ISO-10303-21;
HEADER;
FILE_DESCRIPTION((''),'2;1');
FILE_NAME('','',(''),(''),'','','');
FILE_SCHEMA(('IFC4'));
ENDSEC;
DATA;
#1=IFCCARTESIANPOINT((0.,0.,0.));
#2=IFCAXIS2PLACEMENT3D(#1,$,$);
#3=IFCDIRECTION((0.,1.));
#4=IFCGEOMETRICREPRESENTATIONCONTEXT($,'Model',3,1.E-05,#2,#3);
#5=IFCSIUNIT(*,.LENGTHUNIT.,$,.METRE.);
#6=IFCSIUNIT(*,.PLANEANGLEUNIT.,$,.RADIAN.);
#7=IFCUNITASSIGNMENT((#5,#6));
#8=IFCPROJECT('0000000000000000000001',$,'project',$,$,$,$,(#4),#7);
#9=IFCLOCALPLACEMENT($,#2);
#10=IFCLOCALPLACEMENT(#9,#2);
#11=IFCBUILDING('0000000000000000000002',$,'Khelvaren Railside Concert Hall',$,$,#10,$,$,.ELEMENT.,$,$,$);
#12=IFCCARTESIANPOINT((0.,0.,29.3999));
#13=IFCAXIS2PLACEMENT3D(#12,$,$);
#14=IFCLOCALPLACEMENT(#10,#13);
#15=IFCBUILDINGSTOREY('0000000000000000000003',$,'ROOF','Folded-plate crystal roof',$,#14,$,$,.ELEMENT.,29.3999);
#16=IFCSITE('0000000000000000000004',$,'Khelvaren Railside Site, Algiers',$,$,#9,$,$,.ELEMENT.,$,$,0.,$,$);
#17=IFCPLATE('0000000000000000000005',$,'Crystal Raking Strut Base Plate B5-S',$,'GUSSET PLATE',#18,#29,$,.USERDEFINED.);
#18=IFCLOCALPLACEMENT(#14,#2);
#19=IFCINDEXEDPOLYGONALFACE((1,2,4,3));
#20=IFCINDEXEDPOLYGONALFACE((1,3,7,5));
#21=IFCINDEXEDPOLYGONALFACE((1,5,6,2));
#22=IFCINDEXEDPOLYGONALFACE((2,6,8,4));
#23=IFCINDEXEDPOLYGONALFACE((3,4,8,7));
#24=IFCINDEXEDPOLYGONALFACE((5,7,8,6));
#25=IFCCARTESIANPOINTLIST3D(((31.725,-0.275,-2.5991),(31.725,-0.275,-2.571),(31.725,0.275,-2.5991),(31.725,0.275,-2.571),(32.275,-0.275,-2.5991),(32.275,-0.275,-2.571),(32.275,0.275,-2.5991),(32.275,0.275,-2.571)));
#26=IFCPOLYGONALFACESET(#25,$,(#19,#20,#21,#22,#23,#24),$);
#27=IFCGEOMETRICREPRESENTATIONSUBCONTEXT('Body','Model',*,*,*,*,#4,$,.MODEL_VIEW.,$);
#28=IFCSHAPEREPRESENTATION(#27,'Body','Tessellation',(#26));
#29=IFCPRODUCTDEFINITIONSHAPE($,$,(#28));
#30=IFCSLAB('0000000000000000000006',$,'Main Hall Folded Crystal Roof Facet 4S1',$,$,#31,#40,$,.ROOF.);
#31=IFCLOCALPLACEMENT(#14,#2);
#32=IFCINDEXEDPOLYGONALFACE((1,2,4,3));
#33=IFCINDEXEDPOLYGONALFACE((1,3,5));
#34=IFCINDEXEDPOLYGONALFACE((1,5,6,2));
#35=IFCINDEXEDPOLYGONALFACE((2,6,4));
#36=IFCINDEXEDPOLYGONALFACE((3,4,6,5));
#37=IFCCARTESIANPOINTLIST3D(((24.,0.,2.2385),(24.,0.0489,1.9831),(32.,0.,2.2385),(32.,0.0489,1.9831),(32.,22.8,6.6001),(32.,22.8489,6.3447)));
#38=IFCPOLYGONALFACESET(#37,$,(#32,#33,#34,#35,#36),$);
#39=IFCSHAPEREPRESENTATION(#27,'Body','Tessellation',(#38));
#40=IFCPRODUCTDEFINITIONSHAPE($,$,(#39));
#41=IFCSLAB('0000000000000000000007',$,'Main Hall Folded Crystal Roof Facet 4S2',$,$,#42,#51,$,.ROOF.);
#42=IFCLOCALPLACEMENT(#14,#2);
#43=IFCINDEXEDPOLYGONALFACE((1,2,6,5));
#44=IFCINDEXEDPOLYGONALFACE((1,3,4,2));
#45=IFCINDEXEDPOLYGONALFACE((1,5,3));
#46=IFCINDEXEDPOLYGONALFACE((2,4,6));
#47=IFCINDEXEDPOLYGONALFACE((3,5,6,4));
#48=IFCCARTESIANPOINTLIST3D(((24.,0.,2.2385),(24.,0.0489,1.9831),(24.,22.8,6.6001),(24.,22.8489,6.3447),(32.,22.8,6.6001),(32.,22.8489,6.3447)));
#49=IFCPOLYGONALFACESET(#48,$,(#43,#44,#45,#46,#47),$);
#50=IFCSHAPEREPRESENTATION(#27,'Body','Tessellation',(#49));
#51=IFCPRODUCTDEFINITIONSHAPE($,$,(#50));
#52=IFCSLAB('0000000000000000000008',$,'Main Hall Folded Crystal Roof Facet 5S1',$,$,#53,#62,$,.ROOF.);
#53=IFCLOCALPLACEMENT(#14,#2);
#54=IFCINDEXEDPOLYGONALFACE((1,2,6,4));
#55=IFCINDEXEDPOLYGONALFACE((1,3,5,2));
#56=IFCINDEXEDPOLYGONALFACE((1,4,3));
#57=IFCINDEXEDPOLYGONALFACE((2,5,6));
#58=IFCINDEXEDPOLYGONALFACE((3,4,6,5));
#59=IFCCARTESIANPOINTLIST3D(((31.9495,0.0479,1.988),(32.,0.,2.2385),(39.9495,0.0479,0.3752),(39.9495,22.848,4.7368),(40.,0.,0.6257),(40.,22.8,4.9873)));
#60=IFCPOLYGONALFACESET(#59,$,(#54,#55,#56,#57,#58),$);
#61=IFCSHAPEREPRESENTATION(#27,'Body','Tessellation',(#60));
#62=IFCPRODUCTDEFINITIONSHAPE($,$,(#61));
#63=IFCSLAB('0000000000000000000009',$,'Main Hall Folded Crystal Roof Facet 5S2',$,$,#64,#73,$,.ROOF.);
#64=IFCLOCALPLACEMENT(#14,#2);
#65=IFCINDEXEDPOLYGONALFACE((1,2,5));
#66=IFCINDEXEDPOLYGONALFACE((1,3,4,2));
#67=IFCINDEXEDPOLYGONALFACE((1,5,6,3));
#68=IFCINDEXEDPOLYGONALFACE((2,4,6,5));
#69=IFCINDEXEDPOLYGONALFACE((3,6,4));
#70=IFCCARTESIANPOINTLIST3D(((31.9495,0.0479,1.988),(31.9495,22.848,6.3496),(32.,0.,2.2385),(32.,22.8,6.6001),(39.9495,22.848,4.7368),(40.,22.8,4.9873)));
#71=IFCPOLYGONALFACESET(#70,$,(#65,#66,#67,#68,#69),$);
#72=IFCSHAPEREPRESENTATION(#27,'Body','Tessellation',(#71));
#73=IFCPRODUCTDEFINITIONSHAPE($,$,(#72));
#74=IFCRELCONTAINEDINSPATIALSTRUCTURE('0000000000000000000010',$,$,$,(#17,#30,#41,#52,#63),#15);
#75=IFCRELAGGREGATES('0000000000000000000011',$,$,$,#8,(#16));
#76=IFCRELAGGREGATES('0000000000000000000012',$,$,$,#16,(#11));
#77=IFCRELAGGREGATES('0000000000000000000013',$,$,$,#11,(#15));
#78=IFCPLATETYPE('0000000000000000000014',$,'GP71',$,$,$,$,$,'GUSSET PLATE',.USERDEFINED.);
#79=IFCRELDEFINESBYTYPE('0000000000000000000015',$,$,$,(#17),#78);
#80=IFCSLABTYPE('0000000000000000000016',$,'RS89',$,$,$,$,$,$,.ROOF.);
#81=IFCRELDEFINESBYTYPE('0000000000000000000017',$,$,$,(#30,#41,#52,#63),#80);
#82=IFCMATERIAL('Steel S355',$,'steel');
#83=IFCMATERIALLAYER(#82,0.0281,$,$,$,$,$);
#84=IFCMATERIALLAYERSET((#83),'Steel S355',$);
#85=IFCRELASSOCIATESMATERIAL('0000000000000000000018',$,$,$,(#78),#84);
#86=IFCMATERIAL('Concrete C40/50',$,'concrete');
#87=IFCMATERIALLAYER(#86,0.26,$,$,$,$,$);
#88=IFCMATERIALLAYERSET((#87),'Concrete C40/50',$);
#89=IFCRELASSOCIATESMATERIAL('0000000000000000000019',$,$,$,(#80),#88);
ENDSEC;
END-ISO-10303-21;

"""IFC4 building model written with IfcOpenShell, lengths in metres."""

from ifc_helpers import new_model, si_unit, direction, frame, origin, origin_2d, place, context, subcontext, project, spatial, polyline, rectangle, outline, extrude, material, layer, layer_set, type_object, element, save


model = new_model("IFC4")

# Units and contexts
model_context = context("Model", 3, precision=1e-05, world=origin(), true_north=direction((0.0, 1.0)))
body_context = subcontext(model_context, "Body", "Model", "MODEL_VIEW")
ifc_project = project(units=[si_unit("LENGTHUNIT", "METRE"), si_unit("PLANEANGLEUNIT", "RADIAN")], contexts=[model_context])

# Site, building, storey
site_placement = place(None, origin())
site = spatial("IfcSite", under=ifc_project, at=site_placement, Name="Khelvaren Railside Site, Algiers", CompositionType="ELEMENT", RefElevation=0.0)
building_placement = place(site_placement, origin())
building = spatial("IfcBuilding", under=site, at=building_placement, Name="Khelvaren Railside Concert Hall", CompositionType="ELEMENT")
storey_placement = place(building_placement, frame((0.0, 0.0, 29.3999)))
storey = spatial("IfcBuildingStorey", under=building, at=storey_placement, Name="ROOF", Description="Folded-plate crystal roof", CompositionType="ELEMENT", Elevation=29.3999)

# Shared definitions
ifc_material_1 = material(Name="Steel S355", Category="steel")

# Plate
ifc_layer_1 = layer(ifc_material_1, 0.0281)
ifc_layer_set_1 = layer_set([ifc_layer_1], Name="Steel S355")
plate_type = type_object("IfcPlateType", Name="GP71", ElementType="GUSSET PLATE", PredefinedType="USERDEFINED", material=ifc_layer_set_1)
for number, where, z_axis, x_axis, name in (
    (1, (32.0, 0.0, -2.5991), (0.0, 0.0, 1.0), (1.0, 0.0, 0.0), "Crystal Raking Strut Base Plate B5-S"),
):
    element("IfcPlate", number, at=place(storey_placement, frame(where, z_axis=z_axis, x_axis=x_axis)), inside=storey, type_object=plate_type, Name=name, ObjectType="GUSSET PLATE", PredefinedType="USERDEFINED", context=body_context, shape_type="SweptSolid", body=[
        extrude(rectangle(XDim=0.55, YDim=0.55, at=origin_2d()), origin(), (0.0, 0.0, 1.0), 0.0281),
    ])

# Slabs
ifc_material_2 = material(Name="Concrete C40/50", Category="concrete")
ifc_layer_2 = layer(ifc_material_2, 0.26)
ifc_layer_set_2 = layer_set([ifc_layer_2], Name="Concrete C40/50")
slab_type = type_object("IfcSlabType", Name="RS89", PredefinedType="ROOF", material=ifc_layer_set_2)
slab_1_placement = place(storey_placement, frame((24.0, 0.0, 2.2385), z_axis=(0.0, -0.18789, 0.98219), x_axis=(1.0, 0.0, 0.0)))
element("IfcSlab", 2, at=slab_1_placement, inside=storey, type_object=slab_type, Name="Main Hall Folded Crystal Roof Facet 4S1", PredefinedType="ROOF", context=body_context, shape_type="SweptSolid", body=[
    extrude(outline(polyline([(0.0, 0.0), (8.0, 0.0), (8.0, 23.2135), (0.0, 0.0)])), origin(), (0.0, 0.0, -1.0), 0.26),
])
slab_2_placement = place(storey_placement, frame((24.0, 0.0, 2.2385), z_axis=(0.0, -0.18789, 0.98219), x_axis=(0.325822, 0.928593, 0.177637)))
element("IfcSlab", 3, at=slab_2_placement, inside=storey, type_object=slab_type, Name="Main Hall Folded Crystal Roof Facet 4S2", PredefinedType="ROOF", context=body_context, shape_type="SweptSolid", body=[
    extrude(outline(polyline([(0.0, 0.0), (24.5533, 0.0), (21.9467, 7.5635), (0.0, 0.0)])), origin(), (0.0, 0.0, -1.0), 0.26),
])
slab_3_placement = place(storey_placement, frame((32.0, 0.0, 2.2385), z_axis=(0.194238, -0.184311, 0.963484), x_axis=(0.980278, 0.0, -0.197623)))
element("IfcSlab", 4, at=slab_3_placement, inside=storey, type_object=slab_type, Name="Main Hall Folded Crystal Roof Facet 5S1", PredefinedType="ROOF", context=body_context, shape_type="SweptSolid", body=[
    extrude(outline(polyline([(0.0, 0.0), (8.1609, 0.0), (7.299, 23.1975), (0.0, 0.0)])), origin(), (0.0, 0.0, -1.0), 0.26),
])
slab_4_placement = place(storey_placement, frame((32.0, 0.0, 2.2385), z_axis=(0.194238, -0.184311, 0.963484), x_axis=(0.328965, 0.937553, 0.113032)))
element("IfcSlab", 5, at=slab_4_placement, inside=storey, type_object=slab_type, Name="Main Hall Folded Crystal Roof Facet 5S2", PredefinedType="ROOF", context=body_context, shape_type="SweptSolid", body=[
    extrude(outline(polyline([(0.0, 0.0), (24.3187, 0.0), (21.8693, 7.7847), (0.0, 0.0)])), origin(), (0.0, 0.0, -1.0), 0.26),
])

save(model, "model.ifc")
